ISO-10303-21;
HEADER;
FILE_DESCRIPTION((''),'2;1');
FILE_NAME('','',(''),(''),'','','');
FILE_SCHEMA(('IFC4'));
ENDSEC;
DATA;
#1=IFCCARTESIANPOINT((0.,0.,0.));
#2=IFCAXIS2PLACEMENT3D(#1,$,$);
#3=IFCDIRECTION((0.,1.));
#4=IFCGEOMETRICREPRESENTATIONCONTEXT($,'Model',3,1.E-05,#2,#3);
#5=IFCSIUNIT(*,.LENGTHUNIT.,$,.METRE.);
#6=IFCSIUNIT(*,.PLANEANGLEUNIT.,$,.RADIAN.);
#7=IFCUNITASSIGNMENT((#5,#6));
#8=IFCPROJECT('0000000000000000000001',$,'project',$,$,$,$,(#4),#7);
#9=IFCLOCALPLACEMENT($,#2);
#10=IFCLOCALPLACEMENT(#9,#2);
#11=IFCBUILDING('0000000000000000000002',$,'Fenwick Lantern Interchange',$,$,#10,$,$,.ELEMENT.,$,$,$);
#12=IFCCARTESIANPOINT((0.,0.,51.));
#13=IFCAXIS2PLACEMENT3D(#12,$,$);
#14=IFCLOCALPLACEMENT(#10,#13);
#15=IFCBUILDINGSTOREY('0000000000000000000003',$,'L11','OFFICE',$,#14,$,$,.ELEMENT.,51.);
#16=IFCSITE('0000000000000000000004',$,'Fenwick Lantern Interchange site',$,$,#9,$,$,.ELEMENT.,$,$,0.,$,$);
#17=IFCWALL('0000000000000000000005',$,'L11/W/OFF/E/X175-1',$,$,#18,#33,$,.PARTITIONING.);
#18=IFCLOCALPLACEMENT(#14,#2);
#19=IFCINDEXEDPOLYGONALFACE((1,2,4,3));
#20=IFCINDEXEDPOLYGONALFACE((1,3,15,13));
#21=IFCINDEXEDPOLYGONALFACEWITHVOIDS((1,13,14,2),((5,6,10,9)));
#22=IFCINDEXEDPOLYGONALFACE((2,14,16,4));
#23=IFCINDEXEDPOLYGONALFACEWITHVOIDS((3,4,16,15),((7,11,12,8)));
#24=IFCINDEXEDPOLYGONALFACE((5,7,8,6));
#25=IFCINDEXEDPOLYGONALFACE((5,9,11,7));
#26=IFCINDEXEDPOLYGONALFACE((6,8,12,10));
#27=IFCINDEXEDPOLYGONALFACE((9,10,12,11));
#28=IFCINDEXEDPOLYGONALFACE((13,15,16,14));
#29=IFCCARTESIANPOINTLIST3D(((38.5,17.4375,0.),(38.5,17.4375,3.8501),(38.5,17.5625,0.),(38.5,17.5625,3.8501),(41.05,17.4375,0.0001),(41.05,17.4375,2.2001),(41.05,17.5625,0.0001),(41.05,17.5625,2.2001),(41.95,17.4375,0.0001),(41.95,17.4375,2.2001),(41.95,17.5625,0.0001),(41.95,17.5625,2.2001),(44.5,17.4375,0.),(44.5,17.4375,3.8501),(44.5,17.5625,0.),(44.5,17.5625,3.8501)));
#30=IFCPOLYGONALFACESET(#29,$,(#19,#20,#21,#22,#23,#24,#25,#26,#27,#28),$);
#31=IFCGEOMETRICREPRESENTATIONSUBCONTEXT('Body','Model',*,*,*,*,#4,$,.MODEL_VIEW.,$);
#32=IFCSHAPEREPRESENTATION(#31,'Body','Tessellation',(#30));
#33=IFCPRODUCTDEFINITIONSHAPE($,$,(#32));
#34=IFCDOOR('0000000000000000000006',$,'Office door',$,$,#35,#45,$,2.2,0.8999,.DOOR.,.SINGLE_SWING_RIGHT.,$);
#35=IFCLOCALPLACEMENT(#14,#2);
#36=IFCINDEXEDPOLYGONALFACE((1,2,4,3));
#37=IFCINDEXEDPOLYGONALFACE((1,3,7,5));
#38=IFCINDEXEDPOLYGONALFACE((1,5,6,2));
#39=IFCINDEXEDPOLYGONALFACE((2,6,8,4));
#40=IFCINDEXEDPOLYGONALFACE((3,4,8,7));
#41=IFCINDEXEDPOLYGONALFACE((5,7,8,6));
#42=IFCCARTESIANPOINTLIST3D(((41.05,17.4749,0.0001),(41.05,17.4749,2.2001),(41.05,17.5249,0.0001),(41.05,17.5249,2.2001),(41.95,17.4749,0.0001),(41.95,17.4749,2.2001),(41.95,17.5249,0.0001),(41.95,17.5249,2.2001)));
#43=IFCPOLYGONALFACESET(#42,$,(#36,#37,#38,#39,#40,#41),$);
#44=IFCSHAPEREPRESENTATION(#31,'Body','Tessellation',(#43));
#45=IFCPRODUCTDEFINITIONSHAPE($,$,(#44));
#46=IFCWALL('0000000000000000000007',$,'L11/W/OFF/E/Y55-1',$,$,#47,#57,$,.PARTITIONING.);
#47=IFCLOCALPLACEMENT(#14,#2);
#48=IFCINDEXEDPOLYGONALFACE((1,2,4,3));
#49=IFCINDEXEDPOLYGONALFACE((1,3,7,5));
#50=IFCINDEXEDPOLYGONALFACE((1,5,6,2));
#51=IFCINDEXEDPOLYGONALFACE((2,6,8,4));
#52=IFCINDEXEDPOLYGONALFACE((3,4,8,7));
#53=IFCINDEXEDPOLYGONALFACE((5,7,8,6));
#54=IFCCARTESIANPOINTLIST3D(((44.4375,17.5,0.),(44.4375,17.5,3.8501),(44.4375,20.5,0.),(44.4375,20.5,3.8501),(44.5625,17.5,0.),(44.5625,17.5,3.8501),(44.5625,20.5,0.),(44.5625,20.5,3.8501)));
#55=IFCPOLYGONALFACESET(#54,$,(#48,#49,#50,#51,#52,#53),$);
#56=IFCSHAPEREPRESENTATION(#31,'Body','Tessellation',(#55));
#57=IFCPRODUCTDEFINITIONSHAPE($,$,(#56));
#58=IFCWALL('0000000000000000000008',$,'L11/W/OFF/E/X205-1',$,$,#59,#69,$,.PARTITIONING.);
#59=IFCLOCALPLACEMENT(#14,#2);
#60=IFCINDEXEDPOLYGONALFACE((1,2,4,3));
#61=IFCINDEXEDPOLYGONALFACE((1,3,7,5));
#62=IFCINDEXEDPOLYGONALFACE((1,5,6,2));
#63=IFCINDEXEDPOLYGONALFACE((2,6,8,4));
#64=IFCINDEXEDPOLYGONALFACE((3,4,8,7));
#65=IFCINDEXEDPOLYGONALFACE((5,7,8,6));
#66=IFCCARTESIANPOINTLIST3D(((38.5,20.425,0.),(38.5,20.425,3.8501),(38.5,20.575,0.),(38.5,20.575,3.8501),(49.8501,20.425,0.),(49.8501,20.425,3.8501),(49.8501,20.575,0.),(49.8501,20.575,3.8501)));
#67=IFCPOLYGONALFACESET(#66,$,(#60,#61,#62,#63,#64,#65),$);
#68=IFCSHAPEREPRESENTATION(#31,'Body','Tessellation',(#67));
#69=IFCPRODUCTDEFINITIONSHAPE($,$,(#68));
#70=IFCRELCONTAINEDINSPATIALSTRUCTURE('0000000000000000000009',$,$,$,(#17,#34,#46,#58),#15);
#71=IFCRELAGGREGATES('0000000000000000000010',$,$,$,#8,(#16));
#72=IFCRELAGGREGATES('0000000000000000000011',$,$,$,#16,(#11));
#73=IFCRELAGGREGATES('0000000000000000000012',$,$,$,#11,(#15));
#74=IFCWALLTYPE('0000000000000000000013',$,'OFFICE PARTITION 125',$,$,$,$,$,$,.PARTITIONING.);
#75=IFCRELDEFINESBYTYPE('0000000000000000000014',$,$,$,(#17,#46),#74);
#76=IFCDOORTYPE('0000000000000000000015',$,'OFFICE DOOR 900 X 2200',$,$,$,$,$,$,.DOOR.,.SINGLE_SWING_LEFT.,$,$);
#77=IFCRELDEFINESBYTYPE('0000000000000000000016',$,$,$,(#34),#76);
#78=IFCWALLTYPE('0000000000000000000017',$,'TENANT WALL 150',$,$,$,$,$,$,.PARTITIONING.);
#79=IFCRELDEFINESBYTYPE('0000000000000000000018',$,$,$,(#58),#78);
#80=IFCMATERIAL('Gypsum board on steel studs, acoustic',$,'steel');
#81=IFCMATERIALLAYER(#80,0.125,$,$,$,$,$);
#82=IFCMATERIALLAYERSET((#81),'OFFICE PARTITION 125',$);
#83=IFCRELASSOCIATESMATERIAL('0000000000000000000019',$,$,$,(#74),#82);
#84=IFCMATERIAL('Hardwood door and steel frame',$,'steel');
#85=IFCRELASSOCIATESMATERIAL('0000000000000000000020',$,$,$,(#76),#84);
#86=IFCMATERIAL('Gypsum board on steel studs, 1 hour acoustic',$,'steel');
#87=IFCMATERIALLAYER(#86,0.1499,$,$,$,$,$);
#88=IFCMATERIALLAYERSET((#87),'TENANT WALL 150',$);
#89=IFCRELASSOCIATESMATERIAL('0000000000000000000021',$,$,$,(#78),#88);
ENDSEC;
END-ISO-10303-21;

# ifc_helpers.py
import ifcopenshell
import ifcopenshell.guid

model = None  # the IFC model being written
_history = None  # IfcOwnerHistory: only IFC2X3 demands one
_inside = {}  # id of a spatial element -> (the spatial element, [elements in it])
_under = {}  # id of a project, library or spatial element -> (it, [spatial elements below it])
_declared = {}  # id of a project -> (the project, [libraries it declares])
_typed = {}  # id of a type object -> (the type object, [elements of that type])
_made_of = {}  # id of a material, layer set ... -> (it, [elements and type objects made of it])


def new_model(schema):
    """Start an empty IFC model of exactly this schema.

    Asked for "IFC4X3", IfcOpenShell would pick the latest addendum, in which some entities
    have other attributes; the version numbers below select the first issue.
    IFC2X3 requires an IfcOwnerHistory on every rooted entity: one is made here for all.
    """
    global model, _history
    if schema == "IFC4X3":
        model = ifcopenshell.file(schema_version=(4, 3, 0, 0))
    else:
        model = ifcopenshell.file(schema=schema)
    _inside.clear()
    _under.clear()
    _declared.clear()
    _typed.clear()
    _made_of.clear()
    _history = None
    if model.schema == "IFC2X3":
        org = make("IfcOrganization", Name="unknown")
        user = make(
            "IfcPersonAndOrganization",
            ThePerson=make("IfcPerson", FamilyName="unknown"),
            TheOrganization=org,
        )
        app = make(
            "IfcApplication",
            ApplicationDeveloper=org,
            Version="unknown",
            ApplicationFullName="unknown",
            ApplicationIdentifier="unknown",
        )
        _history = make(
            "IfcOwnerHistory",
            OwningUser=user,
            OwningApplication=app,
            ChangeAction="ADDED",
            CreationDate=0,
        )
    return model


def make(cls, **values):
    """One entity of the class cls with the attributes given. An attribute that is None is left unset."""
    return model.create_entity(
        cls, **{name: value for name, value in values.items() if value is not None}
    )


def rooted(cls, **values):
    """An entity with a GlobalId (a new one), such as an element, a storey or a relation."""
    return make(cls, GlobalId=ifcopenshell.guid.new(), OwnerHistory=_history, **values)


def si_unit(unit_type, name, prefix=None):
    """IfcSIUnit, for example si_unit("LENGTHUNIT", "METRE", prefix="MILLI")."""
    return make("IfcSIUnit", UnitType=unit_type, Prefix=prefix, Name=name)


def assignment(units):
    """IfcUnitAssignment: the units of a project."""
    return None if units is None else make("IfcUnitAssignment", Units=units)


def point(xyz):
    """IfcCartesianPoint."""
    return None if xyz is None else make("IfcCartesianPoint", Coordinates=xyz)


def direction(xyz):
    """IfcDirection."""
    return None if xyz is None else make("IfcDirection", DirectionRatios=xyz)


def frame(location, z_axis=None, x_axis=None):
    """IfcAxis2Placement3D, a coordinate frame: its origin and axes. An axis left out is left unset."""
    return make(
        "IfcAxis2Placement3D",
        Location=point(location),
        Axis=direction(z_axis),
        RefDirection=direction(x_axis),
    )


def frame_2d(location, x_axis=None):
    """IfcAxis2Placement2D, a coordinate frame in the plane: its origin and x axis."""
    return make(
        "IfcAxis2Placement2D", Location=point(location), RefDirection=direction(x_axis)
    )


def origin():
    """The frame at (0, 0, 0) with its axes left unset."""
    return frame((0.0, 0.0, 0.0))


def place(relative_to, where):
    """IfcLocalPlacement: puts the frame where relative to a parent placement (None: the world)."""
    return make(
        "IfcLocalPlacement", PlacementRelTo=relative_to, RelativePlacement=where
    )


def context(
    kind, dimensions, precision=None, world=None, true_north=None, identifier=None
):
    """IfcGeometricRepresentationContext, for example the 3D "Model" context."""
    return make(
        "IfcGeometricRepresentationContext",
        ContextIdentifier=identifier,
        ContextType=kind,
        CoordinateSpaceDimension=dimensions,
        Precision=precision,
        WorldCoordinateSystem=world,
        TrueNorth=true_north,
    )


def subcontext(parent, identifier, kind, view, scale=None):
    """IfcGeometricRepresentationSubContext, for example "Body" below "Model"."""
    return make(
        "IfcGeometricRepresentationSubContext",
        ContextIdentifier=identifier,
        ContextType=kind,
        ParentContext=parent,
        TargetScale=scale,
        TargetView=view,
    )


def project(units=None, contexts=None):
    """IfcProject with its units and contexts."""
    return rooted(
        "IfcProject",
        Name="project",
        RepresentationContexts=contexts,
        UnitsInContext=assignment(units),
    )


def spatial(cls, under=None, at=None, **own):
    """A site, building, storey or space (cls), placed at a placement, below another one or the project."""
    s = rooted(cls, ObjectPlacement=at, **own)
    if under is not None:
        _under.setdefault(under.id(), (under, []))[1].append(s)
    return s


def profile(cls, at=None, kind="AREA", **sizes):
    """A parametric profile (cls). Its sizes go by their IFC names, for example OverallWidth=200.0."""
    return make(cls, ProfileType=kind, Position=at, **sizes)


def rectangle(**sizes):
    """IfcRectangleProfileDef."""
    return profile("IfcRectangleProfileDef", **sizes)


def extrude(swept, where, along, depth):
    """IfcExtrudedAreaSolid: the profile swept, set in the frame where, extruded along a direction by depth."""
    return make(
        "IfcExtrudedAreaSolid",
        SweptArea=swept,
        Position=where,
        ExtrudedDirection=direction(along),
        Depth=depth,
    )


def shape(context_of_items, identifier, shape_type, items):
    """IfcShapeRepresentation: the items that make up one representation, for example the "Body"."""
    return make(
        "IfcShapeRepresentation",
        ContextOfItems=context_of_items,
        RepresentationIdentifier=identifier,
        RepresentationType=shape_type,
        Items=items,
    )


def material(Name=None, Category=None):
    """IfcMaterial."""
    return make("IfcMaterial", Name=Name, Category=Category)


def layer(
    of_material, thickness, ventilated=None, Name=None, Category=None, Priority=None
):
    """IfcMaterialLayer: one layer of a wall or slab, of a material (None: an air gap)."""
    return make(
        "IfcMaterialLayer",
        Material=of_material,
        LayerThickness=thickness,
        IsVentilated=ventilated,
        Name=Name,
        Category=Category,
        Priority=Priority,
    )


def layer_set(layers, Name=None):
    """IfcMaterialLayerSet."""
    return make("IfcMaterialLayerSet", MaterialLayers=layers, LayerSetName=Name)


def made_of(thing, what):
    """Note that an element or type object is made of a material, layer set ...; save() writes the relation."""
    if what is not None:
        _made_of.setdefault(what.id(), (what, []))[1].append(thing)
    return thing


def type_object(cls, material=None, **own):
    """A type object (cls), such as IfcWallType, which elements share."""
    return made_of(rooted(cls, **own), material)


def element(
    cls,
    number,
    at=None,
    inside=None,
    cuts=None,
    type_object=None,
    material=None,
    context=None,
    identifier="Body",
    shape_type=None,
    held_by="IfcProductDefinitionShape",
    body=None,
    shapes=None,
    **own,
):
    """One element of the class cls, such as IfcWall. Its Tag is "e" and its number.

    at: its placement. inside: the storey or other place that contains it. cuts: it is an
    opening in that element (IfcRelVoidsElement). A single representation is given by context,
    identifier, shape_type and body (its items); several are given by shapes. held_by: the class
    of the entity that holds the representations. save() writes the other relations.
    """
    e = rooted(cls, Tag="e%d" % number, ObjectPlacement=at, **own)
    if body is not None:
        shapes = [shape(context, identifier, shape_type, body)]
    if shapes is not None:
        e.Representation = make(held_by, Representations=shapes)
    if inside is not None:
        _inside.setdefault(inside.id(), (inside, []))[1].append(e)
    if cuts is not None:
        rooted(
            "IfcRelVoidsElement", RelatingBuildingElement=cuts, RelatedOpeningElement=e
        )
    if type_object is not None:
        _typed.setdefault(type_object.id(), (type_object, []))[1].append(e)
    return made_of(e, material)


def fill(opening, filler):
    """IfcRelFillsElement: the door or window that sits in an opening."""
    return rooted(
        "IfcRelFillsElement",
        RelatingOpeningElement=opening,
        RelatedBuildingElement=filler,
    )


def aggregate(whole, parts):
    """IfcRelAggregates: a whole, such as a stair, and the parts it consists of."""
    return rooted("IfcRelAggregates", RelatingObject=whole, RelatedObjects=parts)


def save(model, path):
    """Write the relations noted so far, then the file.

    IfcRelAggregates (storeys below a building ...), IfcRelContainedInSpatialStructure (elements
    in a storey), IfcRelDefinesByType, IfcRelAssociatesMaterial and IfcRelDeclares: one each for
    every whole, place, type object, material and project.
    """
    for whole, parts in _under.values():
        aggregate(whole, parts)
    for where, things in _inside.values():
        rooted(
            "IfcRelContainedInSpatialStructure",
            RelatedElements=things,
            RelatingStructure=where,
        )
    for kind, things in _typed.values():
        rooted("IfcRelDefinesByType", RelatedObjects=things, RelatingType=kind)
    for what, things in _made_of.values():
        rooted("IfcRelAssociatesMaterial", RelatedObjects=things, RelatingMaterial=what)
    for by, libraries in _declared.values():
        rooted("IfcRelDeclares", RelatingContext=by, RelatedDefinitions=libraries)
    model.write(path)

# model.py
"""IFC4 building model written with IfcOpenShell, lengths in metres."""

from ifc_helpers import new_model, si_unit, direction, frame, frame_2d, origin, place, context, subcontext, project, spatial, rectangle, extrude, material, layer, layer_set, type_object, element, fill, save


model = new_model("IFC4")

# Units and contexts
model_context = context("Model", 3, precision=1e-05, world=origin(), true_north=direction((0.0, 1.0)))
body_context = subcontext(model_context, "Body", "Model", "MODEL_VIEW")
ifc_project = project(units=[si_unit("LENGTHUNIT", "METRE"), si_unit("PLANEANGLEUNIT", "RADIAN")], contexts=[model_context])

# Site, building, storey
site_placement = place(None, origin())
site = spatial("IfcSite", under=ifc_project, at=site_placement, Name="Fenwick Lantern Interchange site", CompositionType="ELEMENT", RefElevation=0.0)
building_placement = place(site_placement, origin())
building = spatial("IfcBuilding", under=site, at=building_placement, Name="Fenwick Lantern Interchange", CompositionType="ELEMENT")
storey_placement = place(building_placement, frame((0.0, 0.0, 51.0)))
storey = spatial("IfcBuildingStorey", under=building, at=storey_placement, Name="L11", Description="OFFICE", CompositionType="ELEMENT", Elevation=51.0)

# Wall, opening, door
ifc_material_1 = material(Name="Gypsum board on steel studs, acoustic", Category="steel")
ifc_layer_1 = layer(ifc_material_1, 0.125)
ifc_layer_set_1 = layer_set([ifc_layer_1], Name="OFFICE PARTITION 125")
wall_type_1 = type_object("IfcWallType", Name="OFFICE PARTITION 125", PredefinedType="PARTITIONING", material=ifc_layer_set_1)
wall_1_placement = place(storey_placement, frame((44.5, 17.5, 0.0), z_axis=(0.0, 0.0, 1.0), x_axis=(-1.0, 0.0, 0.0)))
wall_1 = element("IfcWall", 1, at=wall_1_placement, inside=storey, type_object=wall_type_1, Name="L11/W/OFF/E/X175-1", PredefinedType="PARTITIONING", context=body_context, shape_type="SweptSolid", body=[
    extrude(rectangle(XDim=6.0, YDim=0.125, at=frame_2d((3.0, 0.0))), origin(), (0.0, 0.0, 1.0), 3.8501),
])
opening_placement = place(wall_1_placement, frame((2.55, 0.0, 0.0)))
opening = element("IfcOpeningElement", 2, at=opening_placement, cuts=wall_1, PredefinedType="OPENING", context=body_context, shape_type="SweptSolid", body=[
    extrude(rectangle(XDim=0.8999, YDim=2.2, at=frame_2d((0.45, 1.1001))), frame((0.0, 0.0725, 0.0), z_axis=(0.0, -1.0, 0.0), x_axis=(1.0, 0.0, 0.0)), (0.0, 0.0, 1.0), 0.145),
])
ifc_material_2 = material(Name="Hardwood door and steel frame", Category="steel")
door_type = type_object("IfcDoorType", Name="OFFICE DOOR 900 X 2200", OperationType="SINGLE_SWING_LEFT", PredefinedType="DOOR", material=ifc_material_2)
door_placement = place(opening_placement, frame((0.8999, 0.0, 0.0), z_axis=(0.0, 0.0, 1.0), x_axis=(-1.0, 0.0, 0.0)))
door = element("IfcDoor", 3, at=door_placement, inside=storey, type_object=door_type, Name="Office door", OperationType="SINGLE_SWING_RIGHT", OverallHeight=2.2, OverallWidth=0.8999, PredefinedType="DOOR", context=body_context, shape_type="SweptSolid", body=[
    extrude(rectangle(XDim=0.8999, YDim=2.2, at=frame_2d((0.45, 1.1001))), frame((0.0, 0.0249, 0.0), z_axis=(0.0, -1.0, 0.0), x_axis=(1.0, 0.0, 0.0)), (0.0, 0.0, 1.0), 0.05),
])
fill(opening, door)

# Walls
wall_2_placement = place(storey_placement, frame((44.5, 17.5, 0.0), z_axis=(0.0, 0.0, 1.0), x_axis=(0.0, 1.0, 0.0)))
element("IfcWall", 4, at=wall_2_placement, inside=storey, type_object=wall_type_1, Name="L11/W/OFF/E/Y55-1", PredefinedType="PARTITIONING", context=body_context, shape_type="SweptSolid", body=[
    extrude(rectangle(XDim=3.0, YDim=0.125, at=frame_2d((1.5, 0.0))), origin(), (0.0, 0.0, 1.0), 3.8501),
])
ifc_material_3 = material(Name="Gypsum board on steel studs, 1 hour acoustic", Category="steel")
ifc_layer_2 = layer(ifc_material_3, 0.1499)
ifc_layer_set_2 = layer_set([ifc_layer_2], Name="TENANT WALL 150")
wall_type_2 = type_object("IfcWallType", Name="TENANT WALL 150", PredefinedType="PARTITIONING", material=ifc_layer_set_2)
wall_3_placement = place(storey_placement, frame((49.8501, 20.5, 0.0), z_axis=(0.0, 0.0, 1.0), x_axis=(-1.0, 0.0, 0.0)))
element("IfcWall", 5, at=wall_3_placement, inside=storey, type_object=wall_type_2, Name="L11/W/OFF/E/X205-1", PredefinedType="PARTITIONING", context=body_context, shape_type="SweptSolid", body=[
    extrude(rectangle(XDim=11.3501, YDim=0.1499, at=frame_2d((5.675, 0.0))), origin(), (0.0, 0.0, 1.0), 3.8501),
])

save(model, "model.ifc")
